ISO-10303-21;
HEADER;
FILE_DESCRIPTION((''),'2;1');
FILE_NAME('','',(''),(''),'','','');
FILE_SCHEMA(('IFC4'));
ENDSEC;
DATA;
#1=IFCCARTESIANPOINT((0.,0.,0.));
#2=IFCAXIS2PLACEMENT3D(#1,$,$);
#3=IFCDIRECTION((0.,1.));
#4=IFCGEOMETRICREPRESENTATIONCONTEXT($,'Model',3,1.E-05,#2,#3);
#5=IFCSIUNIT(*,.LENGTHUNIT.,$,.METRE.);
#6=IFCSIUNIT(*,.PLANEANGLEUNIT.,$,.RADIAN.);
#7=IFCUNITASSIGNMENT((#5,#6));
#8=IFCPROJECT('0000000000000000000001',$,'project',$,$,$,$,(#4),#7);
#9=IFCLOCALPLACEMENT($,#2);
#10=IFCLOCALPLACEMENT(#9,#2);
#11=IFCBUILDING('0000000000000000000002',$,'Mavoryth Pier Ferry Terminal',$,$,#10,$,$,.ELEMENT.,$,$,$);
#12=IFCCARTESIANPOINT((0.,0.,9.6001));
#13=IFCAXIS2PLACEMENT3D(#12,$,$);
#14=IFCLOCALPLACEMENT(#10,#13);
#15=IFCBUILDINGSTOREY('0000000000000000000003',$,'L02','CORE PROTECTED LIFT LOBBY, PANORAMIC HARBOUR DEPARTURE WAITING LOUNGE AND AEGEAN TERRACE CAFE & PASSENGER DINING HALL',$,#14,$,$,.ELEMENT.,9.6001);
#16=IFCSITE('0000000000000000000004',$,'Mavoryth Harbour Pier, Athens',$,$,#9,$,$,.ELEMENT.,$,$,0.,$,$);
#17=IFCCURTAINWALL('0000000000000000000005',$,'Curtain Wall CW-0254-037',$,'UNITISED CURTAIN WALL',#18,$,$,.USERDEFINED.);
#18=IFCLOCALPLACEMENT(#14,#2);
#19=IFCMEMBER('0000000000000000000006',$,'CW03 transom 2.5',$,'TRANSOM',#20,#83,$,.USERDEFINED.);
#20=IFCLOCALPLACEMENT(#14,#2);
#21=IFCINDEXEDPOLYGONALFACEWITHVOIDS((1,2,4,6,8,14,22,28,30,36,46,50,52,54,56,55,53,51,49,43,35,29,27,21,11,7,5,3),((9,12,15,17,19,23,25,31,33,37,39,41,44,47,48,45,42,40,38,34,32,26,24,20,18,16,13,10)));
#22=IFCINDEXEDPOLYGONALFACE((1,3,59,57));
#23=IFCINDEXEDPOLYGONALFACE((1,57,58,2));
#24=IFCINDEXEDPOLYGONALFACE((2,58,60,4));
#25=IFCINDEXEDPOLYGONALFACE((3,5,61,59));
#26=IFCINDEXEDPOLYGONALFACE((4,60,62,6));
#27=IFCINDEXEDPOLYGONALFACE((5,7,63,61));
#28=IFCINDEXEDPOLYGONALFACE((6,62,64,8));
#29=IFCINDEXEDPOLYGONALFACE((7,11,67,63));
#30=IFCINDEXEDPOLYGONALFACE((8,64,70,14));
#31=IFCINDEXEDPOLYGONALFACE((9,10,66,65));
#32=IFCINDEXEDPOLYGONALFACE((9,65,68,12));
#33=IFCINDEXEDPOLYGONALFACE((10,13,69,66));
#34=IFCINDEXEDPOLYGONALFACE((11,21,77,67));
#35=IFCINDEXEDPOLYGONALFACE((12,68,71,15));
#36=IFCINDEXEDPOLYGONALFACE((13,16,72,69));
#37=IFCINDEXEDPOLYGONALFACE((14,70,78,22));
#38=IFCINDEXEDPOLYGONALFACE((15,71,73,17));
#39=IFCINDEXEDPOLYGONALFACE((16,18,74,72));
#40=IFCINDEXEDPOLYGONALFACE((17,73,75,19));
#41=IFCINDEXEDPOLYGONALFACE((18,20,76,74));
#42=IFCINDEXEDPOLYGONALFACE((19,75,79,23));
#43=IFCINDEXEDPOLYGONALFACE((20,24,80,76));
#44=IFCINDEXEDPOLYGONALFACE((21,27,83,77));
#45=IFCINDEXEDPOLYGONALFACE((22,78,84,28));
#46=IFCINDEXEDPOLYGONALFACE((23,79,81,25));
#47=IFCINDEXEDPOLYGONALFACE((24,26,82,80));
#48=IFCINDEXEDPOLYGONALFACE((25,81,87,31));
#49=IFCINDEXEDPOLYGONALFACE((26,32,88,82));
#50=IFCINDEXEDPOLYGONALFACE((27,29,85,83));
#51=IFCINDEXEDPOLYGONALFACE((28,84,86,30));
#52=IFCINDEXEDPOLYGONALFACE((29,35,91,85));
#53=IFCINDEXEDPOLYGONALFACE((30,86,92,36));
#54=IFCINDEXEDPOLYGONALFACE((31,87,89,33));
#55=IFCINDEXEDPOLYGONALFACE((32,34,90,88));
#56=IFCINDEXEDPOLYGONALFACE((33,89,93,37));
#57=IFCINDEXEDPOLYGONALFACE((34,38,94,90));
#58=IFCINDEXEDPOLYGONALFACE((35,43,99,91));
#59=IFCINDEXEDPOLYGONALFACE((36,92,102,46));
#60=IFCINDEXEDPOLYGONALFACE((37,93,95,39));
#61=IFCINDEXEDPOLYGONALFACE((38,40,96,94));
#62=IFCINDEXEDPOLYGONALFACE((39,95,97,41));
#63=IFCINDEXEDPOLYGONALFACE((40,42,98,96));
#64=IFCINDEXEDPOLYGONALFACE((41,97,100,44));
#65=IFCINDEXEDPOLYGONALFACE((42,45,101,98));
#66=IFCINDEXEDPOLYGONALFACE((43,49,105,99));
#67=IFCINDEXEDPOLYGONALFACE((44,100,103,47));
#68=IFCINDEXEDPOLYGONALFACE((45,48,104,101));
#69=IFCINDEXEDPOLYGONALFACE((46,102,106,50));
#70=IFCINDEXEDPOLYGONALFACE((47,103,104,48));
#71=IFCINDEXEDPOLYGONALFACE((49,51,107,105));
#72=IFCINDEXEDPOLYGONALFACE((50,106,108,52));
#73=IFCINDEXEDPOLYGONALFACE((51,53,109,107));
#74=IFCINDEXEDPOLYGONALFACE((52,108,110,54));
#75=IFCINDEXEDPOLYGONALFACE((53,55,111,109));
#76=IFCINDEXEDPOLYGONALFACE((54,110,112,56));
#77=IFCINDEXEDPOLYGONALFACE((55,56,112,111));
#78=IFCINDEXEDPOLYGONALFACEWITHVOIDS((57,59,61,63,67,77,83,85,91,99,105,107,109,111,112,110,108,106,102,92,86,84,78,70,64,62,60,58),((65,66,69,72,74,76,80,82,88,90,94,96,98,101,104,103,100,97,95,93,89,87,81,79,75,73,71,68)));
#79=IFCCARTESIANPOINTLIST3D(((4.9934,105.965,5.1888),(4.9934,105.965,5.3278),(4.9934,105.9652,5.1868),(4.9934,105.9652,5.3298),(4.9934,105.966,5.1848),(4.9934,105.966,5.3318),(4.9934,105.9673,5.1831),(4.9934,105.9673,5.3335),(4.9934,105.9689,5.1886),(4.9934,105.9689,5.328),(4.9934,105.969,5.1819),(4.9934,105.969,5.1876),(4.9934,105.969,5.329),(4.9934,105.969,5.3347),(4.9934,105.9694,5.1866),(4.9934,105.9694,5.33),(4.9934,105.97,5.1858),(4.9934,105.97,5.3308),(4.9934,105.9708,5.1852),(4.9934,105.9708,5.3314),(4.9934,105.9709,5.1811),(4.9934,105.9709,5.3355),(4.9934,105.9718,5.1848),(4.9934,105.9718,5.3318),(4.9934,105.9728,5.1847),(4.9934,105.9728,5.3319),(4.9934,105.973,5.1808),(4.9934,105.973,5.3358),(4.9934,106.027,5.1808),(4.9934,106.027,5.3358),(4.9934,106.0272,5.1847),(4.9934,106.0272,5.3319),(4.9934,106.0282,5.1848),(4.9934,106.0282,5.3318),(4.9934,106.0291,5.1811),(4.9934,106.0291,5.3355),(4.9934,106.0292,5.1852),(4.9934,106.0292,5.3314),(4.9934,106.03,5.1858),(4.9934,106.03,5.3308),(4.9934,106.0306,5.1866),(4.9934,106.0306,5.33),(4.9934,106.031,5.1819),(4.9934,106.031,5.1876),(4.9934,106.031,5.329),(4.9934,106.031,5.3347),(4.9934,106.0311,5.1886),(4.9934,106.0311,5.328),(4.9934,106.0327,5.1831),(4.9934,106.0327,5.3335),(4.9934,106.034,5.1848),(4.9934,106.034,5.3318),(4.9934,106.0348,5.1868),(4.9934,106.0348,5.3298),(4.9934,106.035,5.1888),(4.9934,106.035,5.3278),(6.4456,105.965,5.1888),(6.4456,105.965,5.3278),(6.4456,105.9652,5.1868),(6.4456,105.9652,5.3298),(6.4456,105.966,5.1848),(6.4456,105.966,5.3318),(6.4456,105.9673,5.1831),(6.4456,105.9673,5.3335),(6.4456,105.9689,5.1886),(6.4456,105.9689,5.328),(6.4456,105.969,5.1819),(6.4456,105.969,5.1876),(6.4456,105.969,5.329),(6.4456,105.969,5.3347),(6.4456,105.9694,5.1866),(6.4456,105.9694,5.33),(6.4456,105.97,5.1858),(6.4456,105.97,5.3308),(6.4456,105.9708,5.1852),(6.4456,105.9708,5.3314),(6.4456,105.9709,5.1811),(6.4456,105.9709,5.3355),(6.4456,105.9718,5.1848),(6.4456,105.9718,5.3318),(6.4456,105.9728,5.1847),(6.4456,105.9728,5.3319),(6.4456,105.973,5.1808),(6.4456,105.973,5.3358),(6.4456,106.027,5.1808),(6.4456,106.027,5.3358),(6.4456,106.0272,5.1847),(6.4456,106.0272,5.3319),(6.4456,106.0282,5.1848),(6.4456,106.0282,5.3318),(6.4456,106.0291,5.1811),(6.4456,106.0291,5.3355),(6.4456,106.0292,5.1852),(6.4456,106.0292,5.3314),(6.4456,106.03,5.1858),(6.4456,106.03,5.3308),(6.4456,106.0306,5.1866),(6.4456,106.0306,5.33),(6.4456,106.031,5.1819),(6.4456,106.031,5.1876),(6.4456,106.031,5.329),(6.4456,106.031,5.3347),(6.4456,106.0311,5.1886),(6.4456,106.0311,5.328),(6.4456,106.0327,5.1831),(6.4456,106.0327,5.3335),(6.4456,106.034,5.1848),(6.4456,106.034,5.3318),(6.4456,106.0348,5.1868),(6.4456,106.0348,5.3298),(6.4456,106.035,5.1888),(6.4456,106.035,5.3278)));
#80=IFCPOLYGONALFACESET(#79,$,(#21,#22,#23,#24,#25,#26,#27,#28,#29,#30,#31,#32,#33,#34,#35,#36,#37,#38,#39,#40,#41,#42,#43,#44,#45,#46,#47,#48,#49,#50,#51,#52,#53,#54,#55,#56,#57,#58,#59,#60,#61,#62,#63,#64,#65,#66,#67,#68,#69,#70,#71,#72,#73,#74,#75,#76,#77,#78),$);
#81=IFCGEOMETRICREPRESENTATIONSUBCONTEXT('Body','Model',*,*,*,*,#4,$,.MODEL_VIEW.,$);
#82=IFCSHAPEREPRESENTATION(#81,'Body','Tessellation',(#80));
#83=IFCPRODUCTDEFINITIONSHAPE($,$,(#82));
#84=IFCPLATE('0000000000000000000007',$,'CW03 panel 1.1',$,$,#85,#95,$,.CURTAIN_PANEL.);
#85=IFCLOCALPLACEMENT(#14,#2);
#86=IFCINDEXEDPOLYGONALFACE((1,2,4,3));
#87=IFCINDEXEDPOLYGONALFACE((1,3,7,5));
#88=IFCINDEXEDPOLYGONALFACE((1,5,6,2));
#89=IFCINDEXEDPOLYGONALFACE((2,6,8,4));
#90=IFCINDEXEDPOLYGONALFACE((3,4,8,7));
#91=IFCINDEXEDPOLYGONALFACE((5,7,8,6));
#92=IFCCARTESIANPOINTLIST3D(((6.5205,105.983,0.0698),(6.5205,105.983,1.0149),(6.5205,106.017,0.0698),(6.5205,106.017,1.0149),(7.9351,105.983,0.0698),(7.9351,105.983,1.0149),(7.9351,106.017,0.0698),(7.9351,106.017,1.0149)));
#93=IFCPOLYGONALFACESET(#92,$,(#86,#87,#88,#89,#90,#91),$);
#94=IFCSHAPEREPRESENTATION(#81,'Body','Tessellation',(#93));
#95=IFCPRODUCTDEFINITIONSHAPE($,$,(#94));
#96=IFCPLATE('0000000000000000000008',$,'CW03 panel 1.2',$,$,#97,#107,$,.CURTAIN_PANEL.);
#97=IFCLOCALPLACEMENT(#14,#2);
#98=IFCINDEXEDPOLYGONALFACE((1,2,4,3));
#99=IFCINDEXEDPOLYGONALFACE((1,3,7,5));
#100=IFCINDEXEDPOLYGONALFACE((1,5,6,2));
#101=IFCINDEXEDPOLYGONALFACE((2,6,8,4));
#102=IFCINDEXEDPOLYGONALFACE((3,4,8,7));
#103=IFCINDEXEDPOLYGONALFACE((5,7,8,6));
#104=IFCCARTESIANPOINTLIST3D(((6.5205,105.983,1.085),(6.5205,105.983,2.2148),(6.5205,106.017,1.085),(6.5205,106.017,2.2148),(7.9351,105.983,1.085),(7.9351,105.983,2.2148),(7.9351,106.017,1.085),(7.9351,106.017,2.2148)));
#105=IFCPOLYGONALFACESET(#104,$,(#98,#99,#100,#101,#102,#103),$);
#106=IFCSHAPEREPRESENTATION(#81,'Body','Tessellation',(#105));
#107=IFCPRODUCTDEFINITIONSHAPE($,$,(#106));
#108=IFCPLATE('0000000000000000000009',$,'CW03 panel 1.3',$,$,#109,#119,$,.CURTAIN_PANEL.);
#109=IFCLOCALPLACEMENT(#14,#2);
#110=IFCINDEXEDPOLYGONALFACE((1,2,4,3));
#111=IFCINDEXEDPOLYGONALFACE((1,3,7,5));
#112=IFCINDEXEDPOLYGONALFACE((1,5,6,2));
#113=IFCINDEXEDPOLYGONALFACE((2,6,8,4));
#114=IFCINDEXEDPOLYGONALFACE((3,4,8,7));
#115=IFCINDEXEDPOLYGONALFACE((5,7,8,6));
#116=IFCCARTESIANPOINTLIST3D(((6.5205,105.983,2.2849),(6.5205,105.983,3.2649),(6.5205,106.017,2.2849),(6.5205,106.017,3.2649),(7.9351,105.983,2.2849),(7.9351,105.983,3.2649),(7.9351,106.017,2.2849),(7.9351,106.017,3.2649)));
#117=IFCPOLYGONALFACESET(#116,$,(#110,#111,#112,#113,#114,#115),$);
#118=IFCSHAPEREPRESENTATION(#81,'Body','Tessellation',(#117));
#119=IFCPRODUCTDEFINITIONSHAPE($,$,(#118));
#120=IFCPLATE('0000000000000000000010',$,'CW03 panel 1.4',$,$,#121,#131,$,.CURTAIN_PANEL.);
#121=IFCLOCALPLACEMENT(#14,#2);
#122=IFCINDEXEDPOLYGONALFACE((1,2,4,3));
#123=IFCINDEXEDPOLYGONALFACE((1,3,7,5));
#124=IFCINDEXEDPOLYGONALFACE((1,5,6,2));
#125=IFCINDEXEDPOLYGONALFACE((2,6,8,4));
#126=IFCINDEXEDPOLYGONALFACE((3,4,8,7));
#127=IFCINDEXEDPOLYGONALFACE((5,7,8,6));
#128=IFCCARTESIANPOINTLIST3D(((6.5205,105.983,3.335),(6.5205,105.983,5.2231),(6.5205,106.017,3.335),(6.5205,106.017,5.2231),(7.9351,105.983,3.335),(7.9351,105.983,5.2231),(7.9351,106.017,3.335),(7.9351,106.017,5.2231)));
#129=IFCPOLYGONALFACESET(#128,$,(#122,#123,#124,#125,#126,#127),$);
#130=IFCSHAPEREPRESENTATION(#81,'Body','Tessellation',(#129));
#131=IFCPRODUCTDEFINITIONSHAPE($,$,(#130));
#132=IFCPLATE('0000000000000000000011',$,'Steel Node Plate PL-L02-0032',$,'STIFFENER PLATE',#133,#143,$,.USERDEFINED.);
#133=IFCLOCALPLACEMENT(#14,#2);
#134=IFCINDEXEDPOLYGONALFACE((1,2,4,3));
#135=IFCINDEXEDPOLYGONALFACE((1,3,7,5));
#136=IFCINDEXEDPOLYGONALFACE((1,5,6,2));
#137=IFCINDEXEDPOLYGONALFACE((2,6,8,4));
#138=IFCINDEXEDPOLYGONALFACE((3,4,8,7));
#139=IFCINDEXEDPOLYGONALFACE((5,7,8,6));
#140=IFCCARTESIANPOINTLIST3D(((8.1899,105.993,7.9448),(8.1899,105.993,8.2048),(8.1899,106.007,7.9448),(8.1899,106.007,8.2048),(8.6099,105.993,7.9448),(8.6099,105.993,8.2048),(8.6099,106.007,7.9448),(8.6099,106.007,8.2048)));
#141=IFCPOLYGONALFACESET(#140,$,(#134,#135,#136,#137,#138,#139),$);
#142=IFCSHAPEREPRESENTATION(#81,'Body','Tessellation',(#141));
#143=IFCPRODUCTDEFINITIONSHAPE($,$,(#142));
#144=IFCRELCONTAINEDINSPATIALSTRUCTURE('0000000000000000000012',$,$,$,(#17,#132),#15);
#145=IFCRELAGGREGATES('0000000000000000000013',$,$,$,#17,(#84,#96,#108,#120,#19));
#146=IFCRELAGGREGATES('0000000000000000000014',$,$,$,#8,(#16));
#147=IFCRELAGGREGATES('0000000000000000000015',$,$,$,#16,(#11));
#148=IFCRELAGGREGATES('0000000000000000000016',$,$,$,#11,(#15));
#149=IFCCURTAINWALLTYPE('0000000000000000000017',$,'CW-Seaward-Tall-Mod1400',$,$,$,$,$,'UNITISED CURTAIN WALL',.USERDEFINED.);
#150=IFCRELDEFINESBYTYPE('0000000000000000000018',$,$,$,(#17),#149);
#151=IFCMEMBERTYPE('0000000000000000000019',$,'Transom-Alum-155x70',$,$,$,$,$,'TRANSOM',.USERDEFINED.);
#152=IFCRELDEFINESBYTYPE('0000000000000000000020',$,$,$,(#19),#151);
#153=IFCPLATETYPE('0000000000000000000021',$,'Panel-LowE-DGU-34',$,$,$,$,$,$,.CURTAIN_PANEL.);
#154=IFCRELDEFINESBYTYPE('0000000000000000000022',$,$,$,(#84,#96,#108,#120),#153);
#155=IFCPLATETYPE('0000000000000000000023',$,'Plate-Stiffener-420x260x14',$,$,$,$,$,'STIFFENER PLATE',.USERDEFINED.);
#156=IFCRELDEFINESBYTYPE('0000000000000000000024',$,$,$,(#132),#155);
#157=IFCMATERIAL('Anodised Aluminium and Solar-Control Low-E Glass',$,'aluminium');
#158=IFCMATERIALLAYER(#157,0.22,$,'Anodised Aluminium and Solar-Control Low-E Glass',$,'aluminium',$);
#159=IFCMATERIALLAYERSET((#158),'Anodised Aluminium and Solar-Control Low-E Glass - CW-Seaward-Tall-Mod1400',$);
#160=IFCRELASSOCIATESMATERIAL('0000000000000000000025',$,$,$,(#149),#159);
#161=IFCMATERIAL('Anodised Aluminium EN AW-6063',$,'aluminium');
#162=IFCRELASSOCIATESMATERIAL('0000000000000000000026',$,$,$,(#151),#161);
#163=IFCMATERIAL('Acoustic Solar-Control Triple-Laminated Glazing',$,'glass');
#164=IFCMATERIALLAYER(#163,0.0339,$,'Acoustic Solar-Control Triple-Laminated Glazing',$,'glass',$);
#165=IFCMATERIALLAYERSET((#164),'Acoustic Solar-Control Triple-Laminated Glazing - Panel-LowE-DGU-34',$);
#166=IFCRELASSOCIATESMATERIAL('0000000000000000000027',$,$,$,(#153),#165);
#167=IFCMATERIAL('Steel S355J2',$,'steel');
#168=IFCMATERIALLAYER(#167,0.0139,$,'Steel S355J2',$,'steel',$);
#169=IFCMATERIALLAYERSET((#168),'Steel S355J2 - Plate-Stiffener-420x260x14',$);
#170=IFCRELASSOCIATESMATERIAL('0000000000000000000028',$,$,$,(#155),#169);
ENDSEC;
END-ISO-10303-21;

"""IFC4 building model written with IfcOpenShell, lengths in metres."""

from ifc_helpers import new_model, si_unit, direction, frame, origin, origin_2d, place, context, subcontext, project, spatial, rectangle, hollow_rectangle, extrude, material, layer, layer_set, material_profile, profile_set, type_object, element, aggregate, save


model = new_model("IFC4")

# Units and contexts
model_context = context("Model", 3, precision=1e-05, world=origin(), true_north=direction((0.0, 1.0)))
body_context = subcontext(model_context, "Body", "Model", "MODEL_VIEW")
ifc_project = project(units=[si_unit("LENGTHUNIT", "METRE"), si_unit("PLANEANGLEUNIT", "RADIAN")], contexts=[model_context])

# Site, building, storey
site_placement = place(None, origin())
site = spatial("IfcSite", under=ifc_project, at=site_placement, Name="Mavoryth Harbour Pier, Athens", CompositionType="ELEMENT", RefElevation=0.0)
building_placement = place(site_placement, origin())
building = spatial("IfcBuilding", under=site, at=building_placement, Name="Mavoryth Pier Ferry Terminal", CompositionType="ELEMENT")
storey_placement = place(building_placement, frame((0.0, 0.0, 9.6001)))
storey = spatial("IfcBuildingStorey", under=building, at=storey_placement, Name="L02", Description="CORE PROTECTED LIFT LOBBY, PANORAMIC HARBOUR DEPARTURE WAITING LOUNGE AND AEGEAN TERRACE CAFE & PASSENGER DINING HALL", CompositionType="ELEMENT", Elevation=9.6001)

# Shared definitions
ifc_material_1 = material(Name="Steel S355J2", Category="steel")

# Curtain wall, member, plates
ifc_material_2 = material(Name="Anodised Aluminium and Solar-Control Low-E Glass", Category="aluminium")
ifc_layer_1 = layer(ifc_material_2, 0.22, Name="Anodised Aluminium and Solar-Control Low-E Glass", Category="aluminium")
ifc_layer_set_1 = layer_set([ifc_layer_1], Name="Anodised Aluminium and Solar-Control Low-E Glass - CW-Seaward-Tall-Mod1400")
curtain_wall_type = type_object("IfcCurtainWallType", Name="CW-Seaward-Tall-Mod1400", ElementType="UNITISED CURTAIN WALL", PredefinedType="USERDEFINED", material=ifc_layer_set_1)
curtain_wall_placement = place(storey_placement, origin())
curtain_wall = element("IfcCurtainWall", 1, at=curtain_wall_placement, inside=storey, type_object=curtain_wall_type, Name="Curtain Wall CW-0254-037", ObjectType="UNITISED CURTAIN WALL", PredefinedType="USERDEFINED")
ifc_material_3 = material(Name="Anodised Aluminium EN AW-6063", Category="aluminium")
ifc_material_profile_1 = material_profile(ifc_material_3, hollow_rectangle(XDim=0.0701, YDim=0.155, WallThickness=0.0039, InnerFilletRadius=0.0039, OuterFilletRadius=0.0081, at=origin_2d()), Name="AL-TRAN 155x70x4", Category="aluminium")
ifc_profile_set_1 = profile_set([ifc_material_profile_1], Name="Anodised Aluminium EN AW-6063 - AL-TRAN 155x70x4")
member_type_1 = type_object("IfcMemberType", Name="Transom-Alum-155x70", ElementType="TRANSOM", PredefinedType="USERDEFINED", material=ifc_profile_set_1)
member_1_placement = place(storey_placement, frame((6.4456, 106.0, 5.2583), z_axis=(-1.0, 0.0, 0.0), x_axis=(0.0, -1.0, 0.0)))
member_1 = element("IfcMember", 2, at=member_1_placement, type_object=member_type_1, Name="CW03 transom 2.5", ObjectType="TRANSOM", PredefinedType="USERDEFINED", context=body_context, shape_type="SweptSolid", body=[
    extrude(hollow_rectangle(XDim=0.0701, YDim=0.155, WallThickness=0.0039, InnerFilletRadius=0.0039, OuterFilletRadius=0.0081, at=origin_2d()), origin(), (0.0, 0.0, 1.0), 1.4521),
])
ifc_material_4 = material(Name="Acoustic Solar-Control Triple-Laminated Glazing", Category="glass")
ifc_layer_2 = layer(ifc_material_4, 0.0339, Name="Acoustic Solar-Control Triple-Laminated Glazing", Category="glass")
ifc_layer_set_2 = layer_set([ifc_layer_2], Name="Acoustic Solar-Control Triple-Laminated Glazing - Panel-LowE-DGU-34")
plate_type_1 = type_object("IfcPlateType", Name="Panel-LowE-DGU-34", PredefinedType="CURTAIN_PANEL", material=ifc_layer_set_2)
plate_1_placement = place(storey_placement, frame((7.2278, 106.0, 0.0698), z_axis=(0.0, 0.0, 1.0), x_axis=(-1.0, 0.0, 0.0)))
plate_1 = element("IfcPlate", 3, at=plate_1_placement, type_object=plate_type_1, Name="CW03 panel 1.1", PredefinedType="CURTAIN_PANEL", context=body_context, shape_type="SweptSolid", body=[
    extrude(rectangle(XDim=1.4146, YDim=0.0339, at=origin_2d()), origin(), (0.0, 0.0, 1.0), 0.9451),
])
plate_2_placement = place(storey_placement, frame((7.2278, 106.0, 1.085), z_axis=(0.0, 0.0, 1.0), x_axis=(-1.0, 0.0, 0.0)))
plate_2 = element("IfcPlate", 4, at=plate_2_placement, type_object=plate_type_1, Name="CW03 panel 1.2", PredefinedType="CURTAIN_PANEL", context=body_context, shape_type="SweptSolid", body=[
    extrude(rectangle(XDim=1.4146, YDim=0.0339, at=origin_2d()), origin(), (0.0, 0.0, 1.0), 1.1299),
])
plate_3_placement = place(storey_placement, frame((7.2278, 106.0, 2.2849), z_axis=(0.0, 0.0, 1.0), x_axis=(-1.0, 0.0, 0.0)))
plate_3 = element("IfcPlate", 5, at=plate_3_placement, type_object=plate_type_1, Name="CW03 panel 1.3", PredefinedType="CURTAIN_PANEL", context=body_context, shape_type="SweptSolid", body=[
    extrude(rectangle(XDim=1.4146, YDim=0.0339, at=origin_2d()), origin(), (0.0, 0.0, 1.0), 0.98),
])
plate_4_placement = place(storey_placement, frame((7.2278, 106.0, 3.335), z_axis=(0.0, 0.0, 1.0), x_axis=(-1.0, 0.0, 0.0)))
plate_4 = element("IfcPlate", 6, at=plate_4_placement, type_object=plate_type_1, Name="CW03 panel 1.4", PredefinedType="CURTAIN_PANEL", context=body_context, shape_type="SweptSolid", body=[
    extrude(rectangle(XDim=1.4146, YDim=0.0339, at=origin_2d()), origin(), (0.0, 0.0, 1.0), 1.8882),
])
aggregate(curtain_wall, [plate_1, plate_2, plate_3, plate_4, member_1])

# Plate
ifc_layer_3 = layer(ifc_material_1, 0.0139, Name="Steel S355J2", Category="steel")
ifc_layer_set_3 = layer_set([ifc_layer_3], Name="Steel S355J2 - Plate-Stiffener-420x260x14")
plate_type_2 = type_object("IfcPlateType", Name="Plate-Stiffener-420x260x14", ElementType="STIFFENER PLATE", PredefinedType="USERDEFINED", material=ifc_layer_set_3)
plate_5_placement = place(storey_placement, frame((8.3999, 106.0, 7.9448), z_axis=(0.0, 0.0, 1.0), x_axis=(1.0, 0.0, 0.0)))
element("IfcPlate", 7, at=plate_5_placement, inside=storey, type_object=plate_type_2, Name="Steel Node Plate PL-L02-0032", ObjectType="STIFFENER PLATE", PredefinedType="USERDEFINED", context=body_context, shape_type="SweptSolid", body=[
    extrude(rectangle(XDim=0.4199, YDim=0.0139, at=origin_2d()), origin(), (0.0, 0.0, 1.0), 0.26),
])

save(model, "model.ifc")
